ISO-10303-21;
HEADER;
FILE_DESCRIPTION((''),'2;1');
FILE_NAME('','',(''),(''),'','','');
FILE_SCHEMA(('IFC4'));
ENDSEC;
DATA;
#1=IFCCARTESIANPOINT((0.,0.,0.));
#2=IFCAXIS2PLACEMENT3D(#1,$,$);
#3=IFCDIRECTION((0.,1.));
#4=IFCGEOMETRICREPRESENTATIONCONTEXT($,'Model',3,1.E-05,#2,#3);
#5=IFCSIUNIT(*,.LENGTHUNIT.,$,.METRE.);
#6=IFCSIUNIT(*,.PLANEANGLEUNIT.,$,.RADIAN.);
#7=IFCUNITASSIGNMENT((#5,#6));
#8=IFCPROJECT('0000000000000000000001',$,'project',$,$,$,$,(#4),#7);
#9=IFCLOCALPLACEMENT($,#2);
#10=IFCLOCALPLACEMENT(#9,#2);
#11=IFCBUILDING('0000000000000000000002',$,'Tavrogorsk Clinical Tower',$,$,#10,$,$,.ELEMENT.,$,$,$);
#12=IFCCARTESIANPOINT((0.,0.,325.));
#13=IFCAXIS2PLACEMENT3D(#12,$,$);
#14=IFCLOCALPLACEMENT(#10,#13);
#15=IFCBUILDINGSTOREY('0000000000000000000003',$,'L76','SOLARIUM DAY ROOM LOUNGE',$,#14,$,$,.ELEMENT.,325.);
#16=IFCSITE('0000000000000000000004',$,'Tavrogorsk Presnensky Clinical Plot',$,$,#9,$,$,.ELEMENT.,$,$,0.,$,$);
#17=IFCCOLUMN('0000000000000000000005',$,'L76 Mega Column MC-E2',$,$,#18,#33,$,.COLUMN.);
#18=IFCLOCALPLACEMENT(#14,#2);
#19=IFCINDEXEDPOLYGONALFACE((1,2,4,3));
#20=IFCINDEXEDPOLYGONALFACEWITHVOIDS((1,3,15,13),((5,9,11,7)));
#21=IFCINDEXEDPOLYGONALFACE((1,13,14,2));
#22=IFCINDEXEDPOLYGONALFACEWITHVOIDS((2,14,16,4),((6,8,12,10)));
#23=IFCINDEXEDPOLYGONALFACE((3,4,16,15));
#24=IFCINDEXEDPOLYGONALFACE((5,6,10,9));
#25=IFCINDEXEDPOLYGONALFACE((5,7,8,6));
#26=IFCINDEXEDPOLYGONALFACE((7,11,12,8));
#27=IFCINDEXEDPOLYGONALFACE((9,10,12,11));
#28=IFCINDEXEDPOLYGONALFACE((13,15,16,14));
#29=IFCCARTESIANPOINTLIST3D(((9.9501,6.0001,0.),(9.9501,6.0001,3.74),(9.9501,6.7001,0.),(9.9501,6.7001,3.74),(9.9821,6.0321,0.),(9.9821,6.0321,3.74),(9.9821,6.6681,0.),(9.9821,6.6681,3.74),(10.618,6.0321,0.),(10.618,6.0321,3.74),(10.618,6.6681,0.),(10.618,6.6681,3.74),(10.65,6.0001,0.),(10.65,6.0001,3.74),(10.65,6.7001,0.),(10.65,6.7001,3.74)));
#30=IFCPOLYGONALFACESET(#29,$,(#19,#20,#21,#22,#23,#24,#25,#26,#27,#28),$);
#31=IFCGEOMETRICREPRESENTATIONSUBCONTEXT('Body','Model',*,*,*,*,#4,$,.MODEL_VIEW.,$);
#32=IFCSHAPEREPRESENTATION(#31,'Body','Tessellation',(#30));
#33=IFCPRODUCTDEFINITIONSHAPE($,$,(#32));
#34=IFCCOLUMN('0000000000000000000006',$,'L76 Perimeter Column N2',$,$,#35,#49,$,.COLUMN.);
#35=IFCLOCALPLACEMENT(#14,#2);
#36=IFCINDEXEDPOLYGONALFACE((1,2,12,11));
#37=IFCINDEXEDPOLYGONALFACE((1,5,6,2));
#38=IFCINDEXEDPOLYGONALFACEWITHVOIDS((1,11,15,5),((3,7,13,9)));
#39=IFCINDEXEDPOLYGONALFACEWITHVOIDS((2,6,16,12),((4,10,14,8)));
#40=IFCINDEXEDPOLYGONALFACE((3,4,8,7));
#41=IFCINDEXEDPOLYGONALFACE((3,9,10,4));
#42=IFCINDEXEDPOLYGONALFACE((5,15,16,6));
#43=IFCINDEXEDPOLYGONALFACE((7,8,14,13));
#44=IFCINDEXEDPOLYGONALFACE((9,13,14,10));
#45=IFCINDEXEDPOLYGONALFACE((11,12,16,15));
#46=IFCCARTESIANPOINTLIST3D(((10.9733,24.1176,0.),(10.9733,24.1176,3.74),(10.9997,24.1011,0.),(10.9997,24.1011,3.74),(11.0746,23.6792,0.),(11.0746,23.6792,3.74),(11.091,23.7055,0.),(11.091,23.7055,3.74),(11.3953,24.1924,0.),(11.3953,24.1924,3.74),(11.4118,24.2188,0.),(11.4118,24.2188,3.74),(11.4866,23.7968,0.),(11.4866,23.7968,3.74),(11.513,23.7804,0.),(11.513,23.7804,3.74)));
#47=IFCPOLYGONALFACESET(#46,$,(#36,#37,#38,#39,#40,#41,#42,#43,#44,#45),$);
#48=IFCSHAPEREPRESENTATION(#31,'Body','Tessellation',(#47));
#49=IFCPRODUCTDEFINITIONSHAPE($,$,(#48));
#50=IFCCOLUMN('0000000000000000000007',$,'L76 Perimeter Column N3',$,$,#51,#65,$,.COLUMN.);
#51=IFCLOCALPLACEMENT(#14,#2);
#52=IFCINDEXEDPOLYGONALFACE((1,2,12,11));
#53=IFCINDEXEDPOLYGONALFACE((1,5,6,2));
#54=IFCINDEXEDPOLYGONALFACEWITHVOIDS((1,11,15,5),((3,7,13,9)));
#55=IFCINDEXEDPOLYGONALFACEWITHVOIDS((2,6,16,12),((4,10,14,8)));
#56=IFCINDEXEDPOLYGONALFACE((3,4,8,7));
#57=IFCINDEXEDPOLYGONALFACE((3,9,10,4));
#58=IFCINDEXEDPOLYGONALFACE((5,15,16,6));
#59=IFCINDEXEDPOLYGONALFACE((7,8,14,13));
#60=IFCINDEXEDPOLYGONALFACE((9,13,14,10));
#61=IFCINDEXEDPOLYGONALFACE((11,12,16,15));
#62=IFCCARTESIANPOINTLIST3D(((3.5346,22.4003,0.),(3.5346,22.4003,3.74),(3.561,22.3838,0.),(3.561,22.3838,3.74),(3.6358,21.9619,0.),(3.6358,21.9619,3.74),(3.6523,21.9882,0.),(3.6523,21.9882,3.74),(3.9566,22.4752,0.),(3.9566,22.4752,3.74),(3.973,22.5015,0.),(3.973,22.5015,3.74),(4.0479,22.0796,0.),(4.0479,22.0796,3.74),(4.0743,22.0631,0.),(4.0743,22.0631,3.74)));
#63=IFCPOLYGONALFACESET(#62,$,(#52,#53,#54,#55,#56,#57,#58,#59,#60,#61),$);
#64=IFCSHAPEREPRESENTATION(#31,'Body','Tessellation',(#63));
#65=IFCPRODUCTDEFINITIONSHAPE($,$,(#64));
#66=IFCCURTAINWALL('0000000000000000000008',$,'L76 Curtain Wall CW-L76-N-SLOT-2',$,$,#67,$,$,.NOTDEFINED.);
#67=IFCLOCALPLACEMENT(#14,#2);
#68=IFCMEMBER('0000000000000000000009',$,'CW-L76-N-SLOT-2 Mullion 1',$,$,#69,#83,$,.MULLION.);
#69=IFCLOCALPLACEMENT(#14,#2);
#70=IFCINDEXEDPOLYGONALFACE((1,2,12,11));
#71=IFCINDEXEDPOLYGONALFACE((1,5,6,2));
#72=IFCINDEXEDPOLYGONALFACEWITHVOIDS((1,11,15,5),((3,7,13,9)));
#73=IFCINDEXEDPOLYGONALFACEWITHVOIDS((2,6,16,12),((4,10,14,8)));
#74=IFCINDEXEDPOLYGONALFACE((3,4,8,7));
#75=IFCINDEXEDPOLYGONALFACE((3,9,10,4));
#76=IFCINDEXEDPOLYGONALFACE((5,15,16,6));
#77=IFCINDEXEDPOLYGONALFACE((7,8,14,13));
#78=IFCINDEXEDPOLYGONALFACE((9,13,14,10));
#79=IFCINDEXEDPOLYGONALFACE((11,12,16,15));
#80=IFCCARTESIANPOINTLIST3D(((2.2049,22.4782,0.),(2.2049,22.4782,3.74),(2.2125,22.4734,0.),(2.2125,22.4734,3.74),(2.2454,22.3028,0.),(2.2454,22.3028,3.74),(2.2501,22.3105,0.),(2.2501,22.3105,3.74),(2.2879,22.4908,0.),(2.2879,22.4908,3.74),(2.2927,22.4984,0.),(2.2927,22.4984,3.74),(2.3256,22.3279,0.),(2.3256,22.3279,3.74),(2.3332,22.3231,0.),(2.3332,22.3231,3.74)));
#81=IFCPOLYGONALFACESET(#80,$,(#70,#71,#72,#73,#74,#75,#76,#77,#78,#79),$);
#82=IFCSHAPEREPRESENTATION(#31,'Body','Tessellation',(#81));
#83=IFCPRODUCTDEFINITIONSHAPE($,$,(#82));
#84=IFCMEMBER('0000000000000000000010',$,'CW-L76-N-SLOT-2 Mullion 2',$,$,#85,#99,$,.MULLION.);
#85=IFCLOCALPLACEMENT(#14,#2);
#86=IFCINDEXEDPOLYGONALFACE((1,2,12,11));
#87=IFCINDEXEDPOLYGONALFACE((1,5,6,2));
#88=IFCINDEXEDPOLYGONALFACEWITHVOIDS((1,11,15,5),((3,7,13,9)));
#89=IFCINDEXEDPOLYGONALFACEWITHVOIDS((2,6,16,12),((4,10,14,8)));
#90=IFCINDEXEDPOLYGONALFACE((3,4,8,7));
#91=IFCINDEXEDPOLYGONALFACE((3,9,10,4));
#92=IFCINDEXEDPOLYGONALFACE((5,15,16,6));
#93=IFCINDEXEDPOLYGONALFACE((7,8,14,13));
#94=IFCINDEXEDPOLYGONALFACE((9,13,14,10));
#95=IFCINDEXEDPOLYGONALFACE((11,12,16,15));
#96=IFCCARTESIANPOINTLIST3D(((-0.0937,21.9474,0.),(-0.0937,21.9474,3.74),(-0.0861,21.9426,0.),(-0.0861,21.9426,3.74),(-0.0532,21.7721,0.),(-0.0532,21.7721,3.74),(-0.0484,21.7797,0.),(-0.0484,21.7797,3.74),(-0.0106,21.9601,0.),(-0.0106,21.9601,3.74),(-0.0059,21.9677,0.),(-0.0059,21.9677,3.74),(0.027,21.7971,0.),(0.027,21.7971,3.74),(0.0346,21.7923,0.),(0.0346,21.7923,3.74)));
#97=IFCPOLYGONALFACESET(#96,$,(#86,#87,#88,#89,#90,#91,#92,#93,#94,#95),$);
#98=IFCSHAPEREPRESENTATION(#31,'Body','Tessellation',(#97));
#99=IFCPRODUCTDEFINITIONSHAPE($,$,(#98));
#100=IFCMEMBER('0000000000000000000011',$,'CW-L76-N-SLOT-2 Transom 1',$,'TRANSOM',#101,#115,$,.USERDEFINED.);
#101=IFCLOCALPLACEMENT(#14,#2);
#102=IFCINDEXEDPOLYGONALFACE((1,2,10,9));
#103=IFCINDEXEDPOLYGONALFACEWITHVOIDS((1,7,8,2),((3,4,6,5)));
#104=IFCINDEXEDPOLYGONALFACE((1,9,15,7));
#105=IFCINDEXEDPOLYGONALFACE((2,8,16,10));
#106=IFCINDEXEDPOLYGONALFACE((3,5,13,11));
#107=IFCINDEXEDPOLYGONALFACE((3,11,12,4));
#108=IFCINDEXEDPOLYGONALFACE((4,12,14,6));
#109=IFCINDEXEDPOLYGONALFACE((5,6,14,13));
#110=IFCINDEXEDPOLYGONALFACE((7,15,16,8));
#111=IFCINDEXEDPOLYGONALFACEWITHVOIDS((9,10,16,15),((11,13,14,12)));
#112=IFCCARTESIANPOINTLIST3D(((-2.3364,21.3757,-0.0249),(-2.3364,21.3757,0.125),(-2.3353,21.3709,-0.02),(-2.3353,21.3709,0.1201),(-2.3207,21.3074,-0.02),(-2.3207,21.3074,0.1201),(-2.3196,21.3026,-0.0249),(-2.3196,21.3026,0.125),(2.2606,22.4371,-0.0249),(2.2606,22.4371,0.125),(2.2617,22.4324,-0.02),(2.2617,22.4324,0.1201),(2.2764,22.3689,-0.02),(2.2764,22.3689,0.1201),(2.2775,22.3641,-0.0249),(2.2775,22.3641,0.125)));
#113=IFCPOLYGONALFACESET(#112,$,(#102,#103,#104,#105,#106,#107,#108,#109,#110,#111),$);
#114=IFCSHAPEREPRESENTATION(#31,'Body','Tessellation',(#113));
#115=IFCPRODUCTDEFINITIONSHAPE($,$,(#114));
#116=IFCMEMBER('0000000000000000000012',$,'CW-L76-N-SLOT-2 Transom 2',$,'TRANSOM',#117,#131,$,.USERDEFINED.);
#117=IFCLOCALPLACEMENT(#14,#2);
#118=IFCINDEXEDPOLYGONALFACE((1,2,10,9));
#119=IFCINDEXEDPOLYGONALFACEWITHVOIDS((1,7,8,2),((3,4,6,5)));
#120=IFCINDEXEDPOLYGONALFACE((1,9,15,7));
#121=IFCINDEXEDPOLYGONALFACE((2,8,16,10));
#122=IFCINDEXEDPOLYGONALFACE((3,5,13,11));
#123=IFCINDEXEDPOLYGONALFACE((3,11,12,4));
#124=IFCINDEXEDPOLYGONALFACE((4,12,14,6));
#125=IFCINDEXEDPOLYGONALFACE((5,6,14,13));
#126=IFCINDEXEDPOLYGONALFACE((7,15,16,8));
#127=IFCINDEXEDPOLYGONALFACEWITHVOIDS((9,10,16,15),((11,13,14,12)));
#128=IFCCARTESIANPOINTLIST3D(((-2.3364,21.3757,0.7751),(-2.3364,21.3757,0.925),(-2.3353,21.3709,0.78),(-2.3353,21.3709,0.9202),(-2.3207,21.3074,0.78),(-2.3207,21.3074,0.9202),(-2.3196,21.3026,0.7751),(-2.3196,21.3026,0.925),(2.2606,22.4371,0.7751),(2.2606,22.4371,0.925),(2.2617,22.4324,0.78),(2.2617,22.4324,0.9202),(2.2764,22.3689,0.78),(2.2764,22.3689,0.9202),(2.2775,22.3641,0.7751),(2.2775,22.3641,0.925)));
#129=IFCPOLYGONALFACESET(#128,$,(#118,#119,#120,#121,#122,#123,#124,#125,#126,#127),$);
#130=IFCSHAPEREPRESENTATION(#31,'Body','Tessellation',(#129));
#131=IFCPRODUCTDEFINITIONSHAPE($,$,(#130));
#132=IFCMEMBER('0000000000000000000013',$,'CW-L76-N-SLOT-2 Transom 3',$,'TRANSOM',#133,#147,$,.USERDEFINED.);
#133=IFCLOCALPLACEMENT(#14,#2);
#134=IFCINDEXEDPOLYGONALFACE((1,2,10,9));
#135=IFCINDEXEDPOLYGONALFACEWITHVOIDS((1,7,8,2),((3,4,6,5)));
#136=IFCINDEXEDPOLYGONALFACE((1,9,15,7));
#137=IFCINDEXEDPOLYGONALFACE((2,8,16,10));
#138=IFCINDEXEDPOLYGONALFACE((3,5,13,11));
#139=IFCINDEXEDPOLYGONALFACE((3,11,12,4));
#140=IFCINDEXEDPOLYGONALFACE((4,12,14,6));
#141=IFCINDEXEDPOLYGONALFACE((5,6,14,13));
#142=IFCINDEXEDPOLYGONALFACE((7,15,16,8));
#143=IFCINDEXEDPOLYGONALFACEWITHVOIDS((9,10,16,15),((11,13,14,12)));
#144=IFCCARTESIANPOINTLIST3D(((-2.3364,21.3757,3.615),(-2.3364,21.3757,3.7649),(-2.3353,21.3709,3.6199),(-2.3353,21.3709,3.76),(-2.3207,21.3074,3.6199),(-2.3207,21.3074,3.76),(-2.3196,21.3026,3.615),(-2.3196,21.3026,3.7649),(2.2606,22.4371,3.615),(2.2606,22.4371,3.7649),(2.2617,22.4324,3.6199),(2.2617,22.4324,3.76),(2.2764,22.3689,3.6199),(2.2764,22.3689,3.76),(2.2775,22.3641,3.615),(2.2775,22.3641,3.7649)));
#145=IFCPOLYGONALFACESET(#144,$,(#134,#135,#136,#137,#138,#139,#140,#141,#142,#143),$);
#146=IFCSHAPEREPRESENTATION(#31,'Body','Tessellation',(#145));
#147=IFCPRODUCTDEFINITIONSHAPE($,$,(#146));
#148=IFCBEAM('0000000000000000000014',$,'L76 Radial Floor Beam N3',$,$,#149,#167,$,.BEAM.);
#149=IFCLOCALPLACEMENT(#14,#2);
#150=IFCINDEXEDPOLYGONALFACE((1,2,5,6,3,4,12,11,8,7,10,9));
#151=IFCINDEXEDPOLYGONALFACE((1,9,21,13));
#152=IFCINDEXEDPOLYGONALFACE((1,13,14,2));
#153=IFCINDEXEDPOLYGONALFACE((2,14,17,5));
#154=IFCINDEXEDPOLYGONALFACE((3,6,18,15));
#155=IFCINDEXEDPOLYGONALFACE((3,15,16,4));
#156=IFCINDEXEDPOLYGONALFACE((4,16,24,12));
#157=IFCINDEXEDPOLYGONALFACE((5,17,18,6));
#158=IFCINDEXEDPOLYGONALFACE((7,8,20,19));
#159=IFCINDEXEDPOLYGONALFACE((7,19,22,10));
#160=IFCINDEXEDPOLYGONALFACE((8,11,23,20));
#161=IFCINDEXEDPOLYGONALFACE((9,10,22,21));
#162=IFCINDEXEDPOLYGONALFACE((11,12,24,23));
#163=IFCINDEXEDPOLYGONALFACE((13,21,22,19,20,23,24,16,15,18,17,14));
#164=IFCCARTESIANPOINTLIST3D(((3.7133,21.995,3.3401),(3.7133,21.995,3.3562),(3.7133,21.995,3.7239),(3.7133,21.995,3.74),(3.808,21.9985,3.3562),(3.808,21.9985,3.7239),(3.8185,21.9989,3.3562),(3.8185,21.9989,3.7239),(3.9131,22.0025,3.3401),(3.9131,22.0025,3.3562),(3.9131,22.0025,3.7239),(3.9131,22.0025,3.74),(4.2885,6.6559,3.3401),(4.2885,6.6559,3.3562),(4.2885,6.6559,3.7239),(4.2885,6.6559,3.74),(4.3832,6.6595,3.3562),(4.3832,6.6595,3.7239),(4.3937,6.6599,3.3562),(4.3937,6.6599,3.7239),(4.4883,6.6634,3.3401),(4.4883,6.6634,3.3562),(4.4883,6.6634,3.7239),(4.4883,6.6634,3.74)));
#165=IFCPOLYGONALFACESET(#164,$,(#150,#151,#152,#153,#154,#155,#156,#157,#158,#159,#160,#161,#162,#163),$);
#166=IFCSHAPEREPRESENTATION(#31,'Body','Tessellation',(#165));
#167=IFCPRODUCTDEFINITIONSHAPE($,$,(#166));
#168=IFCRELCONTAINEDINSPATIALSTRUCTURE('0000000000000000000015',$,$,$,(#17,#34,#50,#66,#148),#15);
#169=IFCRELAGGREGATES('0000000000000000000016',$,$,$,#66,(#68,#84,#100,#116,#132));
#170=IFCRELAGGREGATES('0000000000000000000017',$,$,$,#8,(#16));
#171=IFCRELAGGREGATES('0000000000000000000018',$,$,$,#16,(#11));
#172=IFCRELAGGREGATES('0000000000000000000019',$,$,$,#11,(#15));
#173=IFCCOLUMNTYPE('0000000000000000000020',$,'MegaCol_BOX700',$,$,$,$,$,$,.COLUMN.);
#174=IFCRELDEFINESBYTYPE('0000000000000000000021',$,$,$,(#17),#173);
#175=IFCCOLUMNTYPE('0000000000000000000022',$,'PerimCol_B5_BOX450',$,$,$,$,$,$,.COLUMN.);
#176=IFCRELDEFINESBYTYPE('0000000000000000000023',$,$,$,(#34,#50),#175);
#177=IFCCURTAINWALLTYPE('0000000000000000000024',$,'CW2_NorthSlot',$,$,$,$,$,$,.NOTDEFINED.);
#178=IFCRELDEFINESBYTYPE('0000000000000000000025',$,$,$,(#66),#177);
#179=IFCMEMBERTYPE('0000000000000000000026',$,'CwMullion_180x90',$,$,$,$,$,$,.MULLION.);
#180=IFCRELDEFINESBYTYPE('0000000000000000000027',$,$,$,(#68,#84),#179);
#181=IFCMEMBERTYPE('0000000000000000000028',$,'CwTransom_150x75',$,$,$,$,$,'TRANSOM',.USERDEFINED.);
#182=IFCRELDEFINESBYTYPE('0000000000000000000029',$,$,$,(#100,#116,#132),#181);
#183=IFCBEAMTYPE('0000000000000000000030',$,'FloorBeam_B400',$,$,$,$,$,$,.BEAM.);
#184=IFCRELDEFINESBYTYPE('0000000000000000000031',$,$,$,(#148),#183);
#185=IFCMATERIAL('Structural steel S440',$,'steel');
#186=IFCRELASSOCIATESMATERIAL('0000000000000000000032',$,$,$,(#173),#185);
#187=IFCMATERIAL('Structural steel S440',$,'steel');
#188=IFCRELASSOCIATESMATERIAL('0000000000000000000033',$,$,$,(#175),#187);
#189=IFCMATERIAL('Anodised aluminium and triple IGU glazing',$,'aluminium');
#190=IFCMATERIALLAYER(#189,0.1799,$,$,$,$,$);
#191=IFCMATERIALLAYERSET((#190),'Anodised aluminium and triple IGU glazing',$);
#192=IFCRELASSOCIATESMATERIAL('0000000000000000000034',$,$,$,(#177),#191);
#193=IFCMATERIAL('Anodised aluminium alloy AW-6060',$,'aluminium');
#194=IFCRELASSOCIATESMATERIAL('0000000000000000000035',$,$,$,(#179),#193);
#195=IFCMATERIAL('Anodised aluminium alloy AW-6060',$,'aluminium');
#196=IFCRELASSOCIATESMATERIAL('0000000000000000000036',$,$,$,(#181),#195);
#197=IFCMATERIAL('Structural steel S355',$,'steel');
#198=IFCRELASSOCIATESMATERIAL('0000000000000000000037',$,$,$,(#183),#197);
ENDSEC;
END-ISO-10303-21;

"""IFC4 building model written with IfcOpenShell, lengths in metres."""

from ifc_helpers import new_model, si_unit, direction, frame, origin, origin_2d, place, context, subcontext, project, spatial, hollow_rectangle, i_section, extrude, material, layer, layer_set, material_profile, profile_set, type_object, element, aggregate, save


model = new_model("IFC4")

# Units and contexts
model_context = context("Model", 3, precision=1e-05, world=origin(), true_north=direction((0.0, 1.0)))
body_context = subcontext(model_context, "Body", "Model", "MODEL_VIEW")
ifc_project = project(units=[si_unit("LENGTHUNIT", "METRE"), si_unit("PLANEANGLEUNIT", "RADIAN")], contexts=[model_context])

# Site, building, storey
site_placement = place(None, origin())
site = spatial("IfcSite", under=ifc_project, at=site_placement, Name="Tavrogorsk Presnensky Clinical Plot", CompositionType="ELEMENT", RefElevation=0.0)
building_placement = place(site_placement, origin())
building = spatial("IfcBuilding", under=site, at=building_placement, Name="Tavrogorsk Clinical Tower", CompositionType="ELEMENT")
storey_placement = place(building_placement, frame((0.0, 0.0, 325.0)))
storey = spatial("IfcBuildingStorey", under=building, at=storey_placement, Name="L76", Description="SOLARIUM DAY ROOM LOUNGE", CompositionType="ELEMENT", Elevation=325.0)

# Columns
ifc_material_1 = material(Name="Structural steel S440", Category="steel")
ifc_material_profile_1 = material_profile(ifc_material_1, hollow_rectangle(XDim=0.7, YDim=0.7, WallThickness=0.032, at=origin_2d()), Name="BOX-700x700x32")
ifc_profile_set_1 = profile_set([ifc_material_profile_1], Name="Structural steel S440")
column_type_1 = type_object("IfcColumnType", Name="MegaCol_BOX700", PredefinedType="COLUMN", material=ifc_profile_set_1)
column_placement = place(storey_placement, frame((10.3, 6.3501, 0.0), z_axis=(0.0, 0.0, 1.0), x_axis=(1.0, 0.0, 0.0)))
element("IfcColumn", 1, at=column_placement, inside=storey, type_object=column_type_1, Name="L76 Mega Column MC-E2", PredefinedType="COLUMN", context=body_context, shape_type="SweptSolid", body=[
    extrude(hollow_rectangle(XDim=0.7, YDim=0.7, WallThickness=0.032, at=origin_2d()), origin(), (0.0, 0.0, 1.0), 3.74),
])
ifc_material_2 = material(Name="Structural steel S440", Category="steel")
ifc_material_profile_2 = material_profile(ifc_material_2, hollow_rectangle(XDim=0.45, YDim=0.45, WallThickness=0.022, at=origin_2d()), Name="BOX-450x450x22")
ifc_profile_set_2 = profile_set([ifc_material_profile_2], Name="Structural steel S440")
column_type_2 = type_object("IfcColumnType", Name="PerimCol_B5_BOX450", PredefinedType="COLUMN", material=ifc_profile_set_2)
for number, where, z_axis, x_axis, name in (
    (2, (11.2432, 23.949, 0.0), (0.0, 0.0, 1.0), (0.97437, 0.224951, 0.0), "L76 Perimeter Column N2"),
    (3, (3.8044, 22.2317, 0.0), (0.0, 0.0, 1.0), (0.97437, 0.224951, 0.0), "L76 Perimeter Column N3"),
):
    element("IfcColumn", number, at=place(storey_placement, frame(where, z_axis=z_axis, x_axis=x_axis)), inside=storey, type_object=column_type_2, Name=name, PredefinedType="COLUMN", context=body_context, shape_type="SweptSolid", body=[
        extrude(hollow_rectangle(XDim=0.45, YDim=0.45, WallThickness=0.022, at=origin_2d()), origin(), (0.0, 0.0, 1.0), 3.74),
    ])

# Curtain wall, members
ifc_material_3 = material(Name="Anodised aluminium and triple IGU glazing", Category="aluminium")
ifc_layer_1 = layer(ifc_material_3, 0.1799)
ifc_layer_set_1 = layer_set([ifc_layer_1], Name="Anodised aluminium and triple IGU glazing")
curtain_wall_type = type_object("IfcCurtainWallType", Name="CW2_NorthSlot", PredefinedType="NOTDEFINED", material=ifc_layer_set_1)
curtain_wall_placement = place(storey_placement, origin())
curtain_wall = element("IfcCurtainWall", 4, at=curtain_wall_placement, inside=storey, type_object=curtain_wall_type, Name="L76 Curtain Wall CW-L76-N-SLOT-2", PredefinedType="NOTDEFINED")
ifc_material_4 = material(Name="Anodised aluminium alloy AW-6060", Category="aluminium")
ifc_material_profile_3 = material_profile(ifc_material_4, hollow_rectangle(XDim=0.0901, YDim=0.1799, WallThickness=0.0063, at=origin_2d()), Name="RHS-180x90x6.3")
ifc_profile_set_3 = profile_set([ifc_material_profile_3], Name="Anodised aluminium alloy AW-6060")
member_type_1 = type_object("IfcMemberType", Name="CwMullion_180x90", PredefinedType="MULLION", material=ifc_profile_set_3)
member_1_placement = place(storey_placement, frame((2.269, 22.4006, 0.0), z_axis=(0.0, 0.0, 1.0), x_axis=(-0.97437, -0.224951, 0.0)))
member_1 = element("IfcMember", 5, at=member_1_placement, type_object=member_type_1, Name="CW-L76-N-SLOT-2 Mullion 1", PredefinedType="MULLION", context=body_context, shape_type="SweptSolid", body=[
    extrude(hollow_rectangle(XDim=0.0901, YDim=0.1799, WallThickness=0.0063, at=origin_2d()), origin(), (0.0, 0.0, 1.0), 3.74),
])
member_2_placement = place(storey_placement, frame((-0.0295, 21.8699, 0.0), z_axis=(0.0, 0.0, 1.0), x_axis=(-0.97437, -0.224951, 0.0)))
member_2 = element("IfcMember", 6, at=member_2_placement, type_object=member_type_1, Name="CW-L76-N-SLOT-2 Mullion 2", PredefinedType="MULLION", context=body_context, shape_type="SweptSolid", body=[
    extrude(hollow_rectangle(XDim=0.0901, YDim=0.1799, WallThickness=0.0063, at=origin_2d()), origin(), (0.0, 0.0, 1.0), 3.74),
])
ifc_material_5 = material(Name="Anodised aluminium alloy AW-6060", Category="aluminium")
ifc_material_profile_4 = material_profile(ifc_material_5, hollow_rectangle(XDim=0.075, YDim=0.1499, WallThickness=0.0049, at=origin_2d()), Name="RHS-150x75x5")
ifc_profile_set_4 = profile_set([ifc_material_profile_4], Name="Anodised aluminium alloy AW-6060")
member_type_2 = type_object("IfcMemberType", Name="CwTransom_150x75", ElementType="TRANSOM", PredefinedType="USERDEFINED", material=ifc_profile_set_4)
member_3_placement = place(storey_placement, frame((2.269, 22.4006, 0.05), z_axis=(-0.974362, -0.224988, 0.0), x_axis=(0.224988, -0.974362, 0.0)))
member_3 = element("IfcMember", 7, at=member_3_placement, type_object=member_type_2, Name="CW-L76-N-SLOT-2 Transom 1", ObjectType="TRANSOM", PredefinedType="USERDEFINED", context=body_context, shape_type="SweptSolid", body=[
    extrude(hollow_rectangle(XDim=0.075, YDim=0.1499, WallThickness=0.0049, at=origin_2d()), origin(), (0.0, 0.0, 1.0), 4.718),
])
member_4_placement = place(storey_placement, frame((2.269, 22.4006, 0.8501), z_axis=(-0.974362, -0.224988, 0.0), x_axis=(0.224988, -0.974362, 0.0)))
member_4 = element("IfcMember", 8, at=member_4_placement, type_object=member_type_2, Name="CW-L76-N-SLOT-2 Transom 2", ObjectType="TRANSOM", PredefinedType="USERDEFINED", context=body_context, shape_type="SweptSolid", body=[
    extrude(hollow_rectangle(XDim=0.075, YDim=0.1499, WallThickness=0.0049, at=origin_2d()), origin(), (0.0, 0.0, 1.0), 4.718),
])
member_5_placement = place(storey_placement, frame((2.269, 22.4006, 3.6899), z_axis=(-0.974362, -0.224988, 0.0), x_axis=(0.224988, -0.974362, 0.0)))
member_5 = element("IfcMember", 9, at=member_5_placement, type_object=member_type_2, Name="CW-L76-N-SLOT-2 Transom 3", ObjectType="TRANSOM", PredefinedType="USERDEFINED", context=body_context, shape_type="SweptSolid", body=[
    extrude(hollow_rectangle(XDim=0.075, YDim=0.1499, WallThickness=0.0049, at=origin_2d()), origin(), (0.0, 0.0, 1.0), 4.718),
])

# Beam
ifc_material_6 = material(Name="Structural steel S355", Category="steel")
ifc_material_profile_5 = material_profile(ifc_material_6, i_section(OverallWidth=0.2, OverallDepth=0.3999, WebThickness=0.0105, FlangeThickness=0.0161, at=origin_2d()), Name="B-400x200x10.5x16")
ifc_profile_set_5 = profile_set([ifc_material_profile_5], Name="Structural steel S355")
beam_type_1 = type_object("IfcBeamType", Name="FloorBeam_B400", PredefinedType="BEAM", material=ifc_profile_set_5)
beam_placement = place(storey_placement, frame((4.3884, 6.6597, 3.54), z_axis=(-0.037472, 0.999298, 0.0), x_axis=(-0.999298, -0.037472, 0.0)))
element("IfcBeam", 10, at=beam_placement, inside=storey, type_object=beam_type_1, Name="L76 Radial Floor Beam N3", PredefinedType="BEAM", context=body_context, shape_type="SweptSolid", body=[
    extrude(i_section(OverallWidth=0.2, OverallDepth=0.3999, WebThickness=0.0105, FlangeThickness=0.0161, at=origin_2d()), origin(), (0.0, 0.0, 1.0), 15.3499),
])

aggregate(curtain_wall, [member_1, member_2, member_3, member_4, member_5])

save(model, "model.ifc")
